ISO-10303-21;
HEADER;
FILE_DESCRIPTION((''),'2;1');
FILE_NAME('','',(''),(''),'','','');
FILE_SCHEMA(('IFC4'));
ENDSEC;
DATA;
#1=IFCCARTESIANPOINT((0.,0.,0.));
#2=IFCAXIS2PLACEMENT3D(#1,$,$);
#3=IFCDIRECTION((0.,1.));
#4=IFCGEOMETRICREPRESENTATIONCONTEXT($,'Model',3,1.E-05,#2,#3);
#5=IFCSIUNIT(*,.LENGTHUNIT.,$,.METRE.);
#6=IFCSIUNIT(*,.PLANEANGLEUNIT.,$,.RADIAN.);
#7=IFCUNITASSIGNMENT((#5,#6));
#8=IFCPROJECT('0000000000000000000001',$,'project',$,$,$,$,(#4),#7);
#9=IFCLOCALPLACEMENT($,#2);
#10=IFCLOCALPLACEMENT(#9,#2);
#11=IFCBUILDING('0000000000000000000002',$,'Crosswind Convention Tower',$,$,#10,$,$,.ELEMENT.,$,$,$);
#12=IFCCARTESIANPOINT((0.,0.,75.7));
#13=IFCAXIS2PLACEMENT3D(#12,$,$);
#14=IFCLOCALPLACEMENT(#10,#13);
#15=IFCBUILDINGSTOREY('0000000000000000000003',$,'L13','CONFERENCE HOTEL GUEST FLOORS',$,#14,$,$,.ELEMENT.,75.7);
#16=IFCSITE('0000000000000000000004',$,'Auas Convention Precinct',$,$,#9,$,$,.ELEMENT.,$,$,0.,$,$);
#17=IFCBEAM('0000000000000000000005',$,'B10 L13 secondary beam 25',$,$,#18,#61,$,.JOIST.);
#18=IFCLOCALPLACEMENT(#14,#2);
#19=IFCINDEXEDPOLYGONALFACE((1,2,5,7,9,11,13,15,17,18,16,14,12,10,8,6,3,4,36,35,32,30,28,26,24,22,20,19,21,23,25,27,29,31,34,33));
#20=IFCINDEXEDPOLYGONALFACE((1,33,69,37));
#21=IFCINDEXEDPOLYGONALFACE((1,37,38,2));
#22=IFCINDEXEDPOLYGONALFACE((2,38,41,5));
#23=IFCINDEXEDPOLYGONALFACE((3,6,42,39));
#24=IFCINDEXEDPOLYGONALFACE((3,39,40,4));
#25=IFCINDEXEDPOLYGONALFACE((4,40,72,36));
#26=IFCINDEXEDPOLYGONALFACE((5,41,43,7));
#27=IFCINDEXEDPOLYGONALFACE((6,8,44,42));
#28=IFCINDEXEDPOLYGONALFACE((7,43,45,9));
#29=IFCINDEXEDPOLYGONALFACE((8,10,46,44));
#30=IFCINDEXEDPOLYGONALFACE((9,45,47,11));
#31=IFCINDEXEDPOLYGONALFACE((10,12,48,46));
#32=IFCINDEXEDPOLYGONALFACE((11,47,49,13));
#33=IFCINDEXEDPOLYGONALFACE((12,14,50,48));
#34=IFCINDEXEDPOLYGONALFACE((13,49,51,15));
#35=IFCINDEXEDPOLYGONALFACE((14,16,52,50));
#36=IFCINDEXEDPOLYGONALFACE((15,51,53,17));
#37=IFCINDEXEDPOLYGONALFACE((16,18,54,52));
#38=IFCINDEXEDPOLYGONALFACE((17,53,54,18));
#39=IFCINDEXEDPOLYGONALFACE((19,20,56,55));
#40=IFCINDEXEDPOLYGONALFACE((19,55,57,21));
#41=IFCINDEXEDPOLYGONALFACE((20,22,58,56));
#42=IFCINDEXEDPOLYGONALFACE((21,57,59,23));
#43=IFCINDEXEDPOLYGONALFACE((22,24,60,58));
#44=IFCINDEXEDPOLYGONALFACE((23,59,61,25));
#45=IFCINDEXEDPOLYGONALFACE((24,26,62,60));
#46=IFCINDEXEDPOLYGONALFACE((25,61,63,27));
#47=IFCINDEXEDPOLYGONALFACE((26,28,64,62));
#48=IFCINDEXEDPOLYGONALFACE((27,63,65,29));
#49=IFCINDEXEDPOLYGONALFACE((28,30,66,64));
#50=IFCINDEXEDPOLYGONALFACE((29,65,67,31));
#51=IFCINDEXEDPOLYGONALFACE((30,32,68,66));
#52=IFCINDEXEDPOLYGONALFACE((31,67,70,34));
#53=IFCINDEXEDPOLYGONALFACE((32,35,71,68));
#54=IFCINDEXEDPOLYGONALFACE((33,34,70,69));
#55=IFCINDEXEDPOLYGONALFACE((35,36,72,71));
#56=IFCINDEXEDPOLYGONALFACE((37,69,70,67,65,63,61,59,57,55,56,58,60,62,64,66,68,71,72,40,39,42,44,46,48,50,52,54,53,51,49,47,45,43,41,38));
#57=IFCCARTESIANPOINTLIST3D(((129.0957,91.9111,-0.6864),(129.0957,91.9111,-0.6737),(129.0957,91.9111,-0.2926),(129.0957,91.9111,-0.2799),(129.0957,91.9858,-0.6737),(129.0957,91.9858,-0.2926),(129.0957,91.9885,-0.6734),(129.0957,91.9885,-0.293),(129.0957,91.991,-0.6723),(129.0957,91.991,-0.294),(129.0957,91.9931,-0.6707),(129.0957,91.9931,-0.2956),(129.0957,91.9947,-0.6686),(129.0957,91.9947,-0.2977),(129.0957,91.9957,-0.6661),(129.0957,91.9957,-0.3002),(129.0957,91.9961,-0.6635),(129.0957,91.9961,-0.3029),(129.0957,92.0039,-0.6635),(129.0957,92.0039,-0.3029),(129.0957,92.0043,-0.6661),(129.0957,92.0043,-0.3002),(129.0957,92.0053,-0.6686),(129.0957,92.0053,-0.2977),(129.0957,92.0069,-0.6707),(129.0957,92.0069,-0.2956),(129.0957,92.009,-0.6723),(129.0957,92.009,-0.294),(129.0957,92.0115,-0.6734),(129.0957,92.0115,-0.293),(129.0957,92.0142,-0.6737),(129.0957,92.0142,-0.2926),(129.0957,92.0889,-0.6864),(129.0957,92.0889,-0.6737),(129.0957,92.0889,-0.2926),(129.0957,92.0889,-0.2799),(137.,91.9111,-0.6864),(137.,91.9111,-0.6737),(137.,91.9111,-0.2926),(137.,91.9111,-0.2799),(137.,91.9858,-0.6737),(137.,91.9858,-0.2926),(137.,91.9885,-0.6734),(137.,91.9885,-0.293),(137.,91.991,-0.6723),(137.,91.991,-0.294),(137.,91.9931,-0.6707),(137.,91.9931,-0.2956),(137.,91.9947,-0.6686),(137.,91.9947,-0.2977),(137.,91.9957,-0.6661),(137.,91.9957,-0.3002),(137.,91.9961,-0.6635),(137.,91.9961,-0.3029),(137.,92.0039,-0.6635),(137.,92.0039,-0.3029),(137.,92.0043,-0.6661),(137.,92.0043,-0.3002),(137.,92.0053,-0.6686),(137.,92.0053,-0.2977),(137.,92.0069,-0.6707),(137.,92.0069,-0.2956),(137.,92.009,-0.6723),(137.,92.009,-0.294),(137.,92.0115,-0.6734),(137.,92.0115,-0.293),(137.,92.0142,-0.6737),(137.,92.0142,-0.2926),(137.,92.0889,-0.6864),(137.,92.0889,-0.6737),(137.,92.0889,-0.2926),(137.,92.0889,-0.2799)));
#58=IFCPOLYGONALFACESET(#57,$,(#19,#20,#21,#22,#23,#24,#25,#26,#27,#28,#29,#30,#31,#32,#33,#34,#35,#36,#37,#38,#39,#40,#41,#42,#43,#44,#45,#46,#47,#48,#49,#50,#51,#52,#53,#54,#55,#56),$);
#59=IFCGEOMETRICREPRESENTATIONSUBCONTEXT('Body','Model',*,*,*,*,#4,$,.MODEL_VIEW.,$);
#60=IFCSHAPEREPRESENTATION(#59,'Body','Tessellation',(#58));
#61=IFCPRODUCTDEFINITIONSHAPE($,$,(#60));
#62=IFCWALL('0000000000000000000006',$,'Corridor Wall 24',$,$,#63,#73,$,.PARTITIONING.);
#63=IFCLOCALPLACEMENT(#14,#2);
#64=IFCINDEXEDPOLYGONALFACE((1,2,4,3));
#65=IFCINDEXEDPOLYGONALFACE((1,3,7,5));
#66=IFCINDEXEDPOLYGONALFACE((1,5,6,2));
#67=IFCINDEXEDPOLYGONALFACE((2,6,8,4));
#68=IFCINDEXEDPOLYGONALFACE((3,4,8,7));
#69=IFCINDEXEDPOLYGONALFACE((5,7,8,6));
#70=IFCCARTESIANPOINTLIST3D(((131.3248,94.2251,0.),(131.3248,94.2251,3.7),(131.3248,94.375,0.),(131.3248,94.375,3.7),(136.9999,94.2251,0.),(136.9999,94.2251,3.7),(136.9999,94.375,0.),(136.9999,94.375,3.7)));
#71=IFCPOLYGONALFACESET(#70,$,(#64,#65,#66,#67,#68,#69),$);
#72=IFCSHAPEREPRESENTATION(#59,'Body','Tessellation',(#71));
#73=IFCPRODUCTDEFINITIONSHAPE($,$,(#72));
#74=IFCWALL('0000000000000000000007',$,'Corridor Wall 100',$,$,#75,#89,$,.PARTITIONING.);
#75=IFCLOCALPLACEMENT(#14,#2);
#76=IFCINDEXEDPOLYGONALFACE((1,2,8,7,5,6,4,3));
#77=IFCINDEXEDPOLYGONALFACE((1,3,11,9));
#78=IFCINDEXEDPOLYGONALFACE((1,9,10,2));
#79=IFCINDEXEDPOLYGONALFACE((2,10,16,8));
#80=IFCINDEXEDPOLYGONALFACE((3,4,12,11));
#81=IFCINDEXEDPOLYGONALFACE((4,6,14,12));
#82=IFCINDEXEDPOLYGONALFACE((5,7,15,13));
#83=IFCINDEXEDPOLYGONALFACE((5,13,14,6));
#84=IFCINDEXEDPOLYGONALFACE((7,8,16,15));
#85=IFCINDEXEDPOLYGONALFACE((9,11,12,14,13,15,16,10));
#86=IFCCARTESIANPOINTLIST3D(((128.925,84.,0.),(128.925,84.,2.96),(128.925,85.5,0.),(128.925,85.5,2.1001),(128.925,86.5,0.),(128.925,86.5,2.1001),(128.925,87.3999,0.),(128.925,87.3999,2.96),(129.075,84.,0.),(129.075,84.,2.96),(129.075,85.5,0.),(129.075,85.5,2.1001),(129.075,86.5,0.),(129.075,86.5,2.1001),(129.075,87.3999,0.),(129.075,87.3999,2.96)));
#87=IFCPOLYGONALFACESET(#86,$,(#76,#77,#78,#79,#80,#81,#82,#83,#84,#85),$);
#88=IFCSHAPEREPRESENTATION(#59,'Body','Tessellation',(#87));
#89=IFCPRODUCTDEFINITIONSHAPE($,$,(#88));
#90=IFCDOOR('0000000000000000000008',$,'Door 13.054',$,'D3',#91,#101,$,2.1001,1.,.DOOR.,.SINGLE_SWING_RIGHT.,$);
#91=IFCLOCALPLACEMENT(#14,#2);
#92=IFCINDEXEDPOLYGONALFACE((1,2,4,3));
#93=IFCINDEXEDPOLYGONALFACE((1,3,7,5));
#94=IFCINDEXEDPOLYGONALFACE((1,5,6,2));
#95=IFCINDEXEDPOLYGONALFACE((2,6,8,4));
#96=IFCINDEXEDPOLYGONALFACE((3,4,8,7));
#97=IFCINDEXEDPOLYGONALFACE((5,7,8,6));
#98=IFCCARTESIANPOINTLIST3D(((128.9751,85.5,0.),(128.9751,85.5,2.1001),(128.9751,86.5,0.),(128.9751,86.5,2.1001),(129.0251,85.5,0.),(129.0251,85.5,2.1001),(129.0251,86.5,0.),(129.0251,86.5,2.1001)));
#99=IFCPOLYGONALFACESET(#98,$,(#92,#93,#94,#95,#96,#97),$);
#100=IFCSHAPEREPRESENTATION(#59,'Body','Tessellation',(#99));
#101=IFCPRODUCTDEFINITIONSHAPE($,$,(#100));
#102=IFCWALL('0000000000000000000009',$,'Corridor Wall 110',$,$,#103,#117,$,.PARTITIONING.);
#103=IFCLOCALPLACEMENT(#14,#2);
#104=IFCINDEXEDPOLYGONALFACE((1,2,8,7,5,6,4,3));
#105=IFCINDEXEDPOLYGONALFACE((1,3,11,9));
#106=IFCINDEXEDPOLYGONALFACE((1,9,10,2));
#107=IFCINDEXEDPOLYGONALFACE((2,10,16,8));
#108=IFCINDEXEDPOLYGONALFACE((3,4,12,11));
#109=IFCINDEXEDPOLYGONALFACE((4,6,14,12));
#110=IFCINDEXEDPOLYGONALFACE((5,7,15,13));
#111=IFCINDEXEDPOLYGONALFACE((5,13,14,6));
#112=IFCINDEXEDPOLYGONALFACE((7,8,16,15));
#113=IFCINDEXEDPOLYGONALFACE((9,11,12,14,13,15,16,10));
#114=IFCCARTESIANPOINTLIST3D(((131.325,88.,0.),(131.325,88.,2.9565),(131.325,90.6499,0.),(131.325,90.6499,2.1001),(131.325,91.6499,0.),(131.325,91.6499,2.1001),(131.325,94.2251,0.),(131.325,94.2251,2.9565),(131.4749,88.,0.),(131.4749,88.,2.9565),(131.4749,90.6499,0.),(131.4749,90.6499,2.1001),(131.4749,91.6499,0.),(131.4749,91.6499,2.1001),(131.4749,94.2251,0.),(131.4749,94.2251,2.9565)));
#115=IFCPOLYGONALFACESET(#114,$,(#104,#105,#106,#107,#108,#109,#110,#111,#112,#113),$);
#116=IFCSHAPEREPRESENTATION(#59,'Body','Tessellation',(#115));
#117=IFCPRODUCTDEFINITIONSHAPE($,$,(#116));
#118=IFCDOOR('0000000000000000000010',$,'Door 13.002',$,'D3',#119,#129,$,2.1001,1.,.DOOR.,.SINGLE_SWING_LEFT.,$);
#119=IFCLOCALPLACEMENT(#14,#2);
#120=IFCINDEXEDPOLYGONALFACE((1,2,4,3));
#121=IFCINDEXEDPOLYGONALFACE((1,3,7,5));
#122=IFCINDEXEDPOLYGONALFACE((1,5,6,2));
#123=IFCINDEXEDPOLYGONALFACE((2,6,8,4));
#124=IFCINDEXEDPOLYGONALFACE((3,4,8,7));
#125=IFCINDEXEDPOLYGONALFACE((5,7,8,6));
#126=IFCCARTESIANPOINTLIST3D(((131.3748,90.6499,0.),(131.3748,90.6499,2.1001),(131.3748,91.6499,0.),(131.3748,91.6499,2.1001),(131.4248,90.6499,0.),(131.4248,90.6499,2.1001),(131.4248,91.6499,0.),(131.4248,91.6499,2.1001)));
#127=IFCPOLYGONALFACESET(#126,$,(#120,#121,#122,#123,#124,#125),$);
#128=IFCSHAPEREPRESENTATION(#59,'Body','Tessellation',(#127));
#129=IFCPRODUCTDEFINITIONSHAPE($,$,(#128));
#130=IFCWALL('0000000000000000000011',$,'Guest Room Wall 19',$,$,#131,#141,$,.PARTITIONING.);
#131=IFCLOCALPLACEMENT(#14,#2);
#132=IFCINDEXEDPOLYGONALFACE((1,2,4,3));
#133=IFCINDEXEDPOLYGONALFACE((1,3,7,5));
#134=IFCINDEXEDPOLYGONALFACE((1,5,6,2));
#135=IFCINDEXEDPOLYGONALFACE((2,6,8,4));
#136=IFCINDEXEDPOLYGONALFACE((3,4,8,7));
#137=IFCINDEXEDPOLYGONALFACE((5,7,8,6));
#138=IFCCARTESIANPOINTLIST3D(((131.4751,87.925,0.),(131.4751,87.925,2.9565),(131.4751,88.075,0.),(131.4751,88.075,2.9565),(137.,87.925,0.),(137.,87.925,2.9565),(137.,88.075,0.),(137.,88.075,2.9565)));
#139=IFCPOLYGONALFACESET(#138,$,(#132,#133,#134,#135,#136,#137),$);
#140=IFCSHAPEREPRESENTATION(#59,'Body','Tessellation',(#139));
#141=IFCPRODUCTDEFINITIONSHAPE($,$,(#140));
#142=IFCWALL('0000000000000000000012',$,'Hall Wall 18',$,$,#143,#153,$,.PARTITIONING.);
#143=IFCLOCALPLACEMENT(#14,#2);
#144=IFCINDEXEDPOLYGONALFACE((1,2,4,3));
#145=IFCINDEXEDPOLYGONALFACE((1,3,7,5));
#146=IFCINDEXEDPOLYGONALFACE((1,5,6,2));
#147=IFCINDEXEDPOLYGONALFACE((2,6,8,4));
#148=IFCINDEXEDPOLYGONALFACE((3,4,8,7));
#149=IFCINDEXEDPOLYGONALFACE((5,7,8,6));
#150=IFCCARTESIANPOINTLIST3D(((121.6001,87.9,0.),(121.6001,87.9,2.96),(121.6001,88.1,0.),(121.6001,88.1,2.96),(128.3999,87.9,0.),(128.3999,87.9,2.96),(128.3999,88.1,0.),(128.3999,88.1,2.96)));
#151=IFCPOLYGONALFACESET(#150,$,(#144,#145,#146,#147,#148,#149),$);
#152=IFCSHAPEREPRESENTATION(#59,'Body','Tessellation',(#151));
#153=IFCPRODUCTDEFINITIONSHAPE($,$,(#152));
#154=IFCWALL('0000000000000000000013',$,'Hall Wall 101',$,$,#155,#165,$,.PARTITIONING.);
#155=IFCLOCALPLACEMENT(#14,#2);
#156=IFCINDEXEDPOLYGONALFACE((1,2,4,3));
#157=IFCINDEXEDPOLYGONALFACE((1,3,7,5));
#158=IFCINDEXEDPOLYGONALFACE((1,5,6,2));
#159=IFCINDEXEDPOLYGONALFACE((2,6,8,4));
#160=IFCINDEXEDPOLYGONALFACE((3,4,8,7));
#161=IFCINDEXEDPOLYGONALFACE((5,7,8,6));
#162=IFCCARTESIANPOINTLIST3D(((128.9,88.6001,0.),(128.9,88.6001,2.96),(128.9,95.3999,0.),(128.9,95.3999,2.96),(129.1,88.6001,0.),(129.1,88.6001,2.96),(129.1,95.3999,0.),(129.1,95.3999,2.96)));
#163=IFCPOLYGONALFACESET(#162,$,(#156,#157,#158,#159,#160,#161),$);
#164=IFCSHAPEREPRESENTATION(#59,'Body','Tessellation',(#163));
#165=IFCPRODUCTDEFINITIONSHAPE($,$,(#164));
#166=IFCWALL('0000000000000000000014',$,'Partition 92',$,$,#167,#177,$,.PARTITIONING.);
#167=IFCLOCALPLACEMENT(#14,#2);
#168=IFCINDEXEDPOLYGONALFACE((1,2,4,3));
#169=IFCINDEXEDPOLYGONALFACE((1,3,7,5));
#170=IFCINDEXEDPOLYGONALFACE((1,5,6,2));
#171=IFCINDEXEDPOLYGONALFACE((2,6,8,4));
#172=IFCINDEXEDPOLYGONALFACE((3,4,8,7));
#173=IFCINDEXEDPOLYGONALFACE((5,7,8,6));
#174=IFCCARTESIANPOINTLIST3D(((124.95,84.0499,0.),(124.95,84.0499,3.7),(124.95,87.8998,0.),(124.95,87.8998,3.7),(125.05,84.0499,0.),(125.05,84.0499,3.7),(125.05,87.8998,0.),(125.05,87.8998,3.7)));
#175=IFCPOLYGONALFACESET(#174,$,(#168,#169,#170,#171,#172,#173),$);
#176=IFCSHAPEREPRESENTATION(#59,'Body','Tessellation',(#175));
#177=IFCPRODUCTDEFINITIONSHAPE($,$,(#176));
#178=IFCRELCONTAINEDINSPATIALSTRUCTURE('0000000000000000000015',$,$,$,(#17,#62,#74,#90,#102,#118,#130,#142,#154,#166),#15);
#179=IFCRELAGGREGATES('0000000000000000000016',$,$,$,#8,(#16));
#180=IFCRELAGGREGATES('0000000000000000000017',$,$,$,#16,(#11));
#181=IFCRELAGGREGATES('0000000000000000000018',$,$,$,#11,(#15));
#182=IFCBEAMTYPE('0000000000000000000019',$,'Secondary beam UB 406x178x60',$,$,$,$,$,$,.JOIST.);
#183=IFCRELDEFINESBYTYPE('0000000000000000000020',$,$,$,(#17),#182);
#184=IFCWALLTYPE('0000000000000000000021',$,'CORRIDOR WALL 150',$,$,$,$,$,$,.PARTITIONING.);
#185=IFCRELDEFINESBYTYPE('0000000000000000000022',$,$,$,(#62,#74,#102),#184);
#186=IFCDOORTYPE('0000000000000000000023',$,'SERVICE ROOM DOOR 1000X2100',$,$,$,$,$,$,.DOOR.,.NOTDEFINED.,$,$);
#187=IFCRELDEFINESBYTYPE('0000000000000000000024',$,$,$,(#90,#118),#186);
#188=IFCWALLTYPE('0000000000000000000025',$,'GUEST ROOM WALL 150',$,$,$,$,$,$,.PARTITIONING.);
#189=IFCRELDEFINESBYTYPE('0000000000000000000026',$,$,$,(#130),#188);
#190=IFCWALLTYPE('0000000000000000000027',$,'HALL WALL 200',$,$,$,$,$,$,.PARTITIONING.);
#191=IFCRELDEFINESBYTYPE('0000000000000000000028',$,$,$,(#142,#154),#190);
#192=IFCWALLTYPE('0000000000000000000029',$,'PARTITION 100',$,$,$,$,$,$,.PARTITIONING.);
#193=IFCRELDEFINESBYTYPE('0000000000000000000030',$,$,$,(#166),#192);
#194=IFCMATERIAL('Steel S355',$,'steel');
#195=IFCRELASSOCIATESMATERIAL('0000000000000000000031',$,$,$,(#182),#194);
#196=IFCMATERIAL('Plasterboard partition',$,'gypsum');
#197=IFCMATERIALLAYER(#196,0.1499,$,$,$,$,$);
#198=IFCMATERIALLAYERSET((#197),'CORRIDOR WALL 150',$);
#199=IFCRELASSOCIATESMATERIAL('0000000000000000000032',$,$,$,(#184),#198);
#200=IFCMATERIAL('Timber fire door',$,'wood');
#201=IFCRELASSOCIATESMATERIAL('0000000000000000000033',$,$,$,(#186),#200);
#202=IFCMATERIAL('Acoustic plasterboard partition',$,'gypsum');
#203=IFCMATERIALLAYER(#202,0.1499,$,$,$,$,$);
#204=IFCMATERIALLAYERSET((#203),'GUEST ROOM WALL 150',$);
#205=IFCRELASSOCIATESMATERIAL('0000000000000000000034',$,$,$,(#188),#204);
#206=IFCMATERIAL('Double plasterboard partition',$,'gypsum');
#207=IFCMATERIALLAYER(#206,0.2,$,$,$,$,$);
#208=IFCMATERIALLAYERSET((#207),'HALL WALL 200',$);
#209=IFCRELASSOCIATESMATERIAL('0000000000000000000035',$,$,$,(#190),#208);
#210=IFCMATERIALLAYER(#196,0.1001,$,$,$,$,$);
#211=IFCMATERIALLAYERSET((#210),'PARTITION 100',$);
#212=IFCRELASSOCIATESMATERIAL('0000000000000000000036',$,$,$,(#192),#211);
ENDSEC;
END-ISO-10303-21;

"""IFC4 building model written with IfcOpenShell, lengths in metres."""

from ifc_helpers import new_model, si_unit, direction, frame, frame_2d, origin, origin_2d, place, context, subcontext, project, spatial, rectangle, i_section, extrude, material, layer, layer_set, material_profile, profile_set, type_object, element, fill, save


model = new_model("IFC4")

# Units and contexts
model_context = context("Model", 3, precision=1e-05, world=origin(), true_north=direction((0.0, 1.0)))
body_context = subcontext(model_context, "Body", "Model", "MODEL_VIEW")
ifc_project = project(units=[si_unit("LENGTHUNIT", "METRE"), si_unit("PLANEANGLEUNIT", "RADIAN")], contexts=[model_context])

# Site, building, storey
site_placement = place(None, origin())
site = spatial("IfcSite", under=ifc_project, at=site_placement, Name="Auas Convention Precinct", CompositionType="ELEMENT", RefElevation=0.0)
building_placement = place(site_placement, origin())
building = spatial("IfcBuilding", under=site, at=building_placement, Name="Crosswind Convention Tower", CompositionType="ELEMENT")
storey_placement = place(building_placement, frame((0.0, 0.0, 75.7)))
storey = spatial("IfcBuildingStorey", under=building, at=storey_placement, Name="L13", Description="CONFERENCE HOTEL GUEST FLOORS", CompositionType="ELEMENT", Elevation=75.7)

# Beam
ifc_material_1 = material(Name="Steel S355", Category="steel")
ifc_material_profile_1 = material_profile(ifc_material_1, i_section(OverallWidth=0.1777, OverallDepth=0.4065, WebThickness=0.0078, FlangeThickness=0.0127, FilletRadius=0.0103, at=origin_2d()), Name="UB 406x178x60")
ifc_profile_set_1 = profile_set([ifc_material_profile_1], Name="Steel S355")
beam_type_1 = type_object("IfcBeamType", Name="Secondary beam UB 406x178x60", PredefinedType="JOIST", material=ifc_profile_set_1)
beam_1_placement = place(storey_placement, frame((129.0957, 92.0, -0.4832), z_axis=(1.0, 0.0, 0.0), x_axis=(0.0, 1.0, 0.0)))
element("IfcBeam", 1, at=beam_1_placement, inside=storey, type_object=beam_type_1, Name="B10 L13 secondary beam 25", PredefinedType="JOIST", context=body_context, shape_type="SweptSolid", body=[
    extrude(i_section(OverallWidth=0.1777, OverallDepth=0.4065, WebThickness=0.0078, FlangeThickness=0.0127, FilletRadius=0.0103, at=origin_2d()), origin(), (0.0, 0.0, 1.0), 7.9043),
])

# Wall
ifc_material_2 = material(Name="Plasterboard partition", Category="gypsum")
ifc_layer_1 = layer(ifc_material_2, 0.1499)
ifc_layer_set_1 = layer_set([ifc_layer_1], Name="CORRIDOR WALL 150")
wall_type_1 = type_object("IfcWallType", Name="CORRIDOR WALL 150", PredefinedType="PARTITIONING", material=ifc_layer_set_1)
wall_1_placement = place(storey_placement, frame((131.325, 94.3, 0.0), z_axis=(0.0, 0.0, 1.0), x_axis=(1.0, 0.0, 0.0)))
element("IfcWall", 2, at=wall_1_placement, inside=storey, type_object=wall_type_1, Name="Corridor Wall 24", PredefinedType="PARTITIONING", context=body_context, shape_type="SweptSolid", body=[
    extrude(rectangle(XDim=5.675, YDim=0.1499, at=frame_2d((2.8374, 0.0))), origin(), (0.0, 0.0, 1.0), 3.7),
])

# Walls, openings, doors
wall_2_placement = place(storey_placement, frame((129.0, 84.0, 0.0), z_axis=(0.0, 0.0, 1.0), x_axis=(0.0, 1.0, 0.0)))
wall_2 = element("IfcWall", 3, at=wall_2_placement, inside=storey, type_object=wall_type_1, Name="Corridor Wall 100", PredefinedType="PARTITIONING", context=body_context, shape_type="SweptSolid", body=[
    extrude(rectangle(XDim=3.3999, YDim=0.1499, at=frame_2d((1.7, 0.0))), origin(), (0.0, 0.0, 1.0), 2.96),
])
opening_1_placement = place(wall_2_placement, frame((1.5, 0.0, 0.0)))
opening_1 = element("IfcOpeningElement", 4, at=opening_1_placement, cuts=wall_2, PredefinedType="OPENING", context=body_context, shape_type="SweptSolid", body=[
    extrude(rectangle(XDim=1.0, YDim=2.1001, at=frame_2d((0.5, 1.05))), frame((0.0, 0.085, 0.0), z_axis=(0.0, -1.0, 0.0), x_axis=(1.0, 0.0, 0.0)), (0.0, 0.0, 1.0), 0.1699),
])
ifc_material_3 = material(Name="Timber fire door", Category="wood")
door_type = type_object("IfcDoorType", Name="SERVICE ROOM DOOR 1000X2100", OperationType="NOTDEFINED", PredefinedType="DOOR", material=ifc_material_3)
door_1_placement = place(opening_1_placement, origin())
door_1 = element("IfcDoor", 5, at=door_1_placement, inside=storey, type_object=door_type, Name="Door 13.054", ObjectType="D3", OperationType="SINGLE_SWING_RIGHT", OverallHeight=2.1001, OverallWidth=1.0, PredefinedType="DOOR", context=body_context, shape_type="SweptSolid", body=[
    extrude(rectangle(XDim=1.0, YDim=2.1001, at=frame_2d((0.5, 1.05))), frame((0.0, 0.0249, 0.0), z_axis=(0.0, -1.0, 0.0), x_axis=(1.0, 0.0, 0.0)), (0.0, 0.0, 1.0), 0.05),
])
fill(opening_1, door_1)
wall_3_placement = place(storey_placement, frame((131.3999, 88.0, 0.0), z_axis=(0.0, 0.0, 1.0), x_axis=(0.0, 1.0, 0.0)))
wall_3 = element("IfcWall", 6, at=wall_3_placement, inside=storey, type_object=wall_type_1, Name="Corridor Wall 110", PredefinedType="PARTITIONING", context=body_context, shape_type="SweptSolid", body=[
    extrude(rectangle(XDim=6.2251, YDim=0.1499, at=frame_2d((3.1125, 0.0))), origin(), (0.0, 0.0, 1.0), 2.9565),
])
opening_2_placement = place(wall_3_placement, frame((2.6499, 0.0, 0.0)))
opening_2 = element("IfcOpeningElement", 7, at=opening_2_placement, cuts=wall_3, PredefinedType="OPENING", context=body_context, shape_type="SweptSolid", body=[
    extrude(rectangle(XDim=1.0, YDim=2.1001, at=frame_2d((0.5, 1.05))), frame((0.0, 0.085, 0.0), z_axis=(0.0, -1.0, 0.0), x_axis=(1.0, 0.0, 0.0)), (0.0, 0.0, 1.0), 0.1699),
])
door_2_placement = place(opening_2_placement, frame((1.0, 0.0, 0.0), z_axis=(0.0, 0.0, 1.0), x_axis=(-1.0, 0.0, 0.0)))
door_2 = element("IfcDoor", 8, at=door_2_placement, inside=storey, type_object=door_type, Name="Door 13.002", ObjectType="D3", OperationType="SINGLE_SWING_LEFT", OverallHeight=2.1001, OverallWidth=1.0, PredefinedType="DOOR", context=body_context, shape_type="SweptSolid", body=[
    extrude(rectangle(XDim=1.0, YDim=2.1001, at=frame_2d((0.5, 1.05))), frame((0.0, 0.0249, 0.0), z_axis=(0.0, -1.0, 0.0), x_axis=(1.0, 0.0, 0.0)), (0.0, 0.0, 1.0), 0.05),
])
fill(opening_2, door_2)

# Walls
ifc_material_4 = material(Name="Acoustic plasterboard partition", Category="gypsum")
ifc_layer_2 = layer(ifc_material_4, 0.1499)
ifc_layer_set_2 = layer_set([ifc_layer_2], Name="GUEST ROOM WALL 150")
wall_type_2 = type_object("IfcWallType", Name="GUEST ROOM WALL 150", PredefinedType="PARTITIONING", material=ifc_layer_set_2)
wall_4_placement = place(storey_placement, frame((131.4751, 88.0, 0.0), z_axis=(0.0, 0.0, 1.0), x_axis=(1.0, 0.0, 0.0)))
element("IfcWall", 9, at=wall_4_placement, inside=storey, type_object=wall_type_2, Name="Guest Room Wall 19", PredefinedType="PARTITIONING", context=body_context, shape_type="SweptSolid", body=[
    extrude(rectangle(XDim=5.5249, YDim=0.1499, at=frame_2d((2.7625, 0.0))), origin(), (0.0, 0.0, 1.0), 2.9565),
])
ifc_material_5 = material(Name="Double plasterboard partition", Category="gypsum")
ifc_layer_3 = layer(ifc_material_5, 0.2)
ifc_layer_set_3 = layer_set([ifc_layer_3], Name="HALL WALL 200")
wall_type_3 = type_object("IfcWallType", Name="HALL WALL 200", PredefinedType="PARTITIONING", material=ifc_layer_set_3)
for number, where, z_axis, x_axis, name in (
    (10, (121.6001, 88.0, 0.0), (0.0, 0.0, 1.0), (1.0, 0.0, 0.0), "Hall Wall 18"),
    (11, (129.0, 88.6001, 0.0), (0.0, 0.0, 1.0), (0.0, 1.0, 0.0), "Hall Wall 101"),
):
    element("IfcWall", number, at=place(storey_placement, frame(where, z_axis=z_axis, x_axis=x_axis)), inside=storey, type_object=wall_type_3, Name=name, PredefinedType="PARTITIONING", context=body_context, shape_type="SweptSolid", body=[
        extrude(rectangle(XDim=6.7998, YDim=0.2, at=frame_2d((3.3999, 0.0))), origin(), (0.0, 0.0, 1.0), 2.96),
    ])
ifc_layer_4 = layer(ifc_material_2, 0.1001)
ifc_layer_set_4 = layer_set([ifc_layer_4], Name="PARTITION 100")
wall_type_4 = type_object("IfcWallType", Name="PARTITION 100", PredefinedType="PARTITIONING", material=ifc_layer_set_4)
wall_5_placement = place(storey_placement, frame((125.0, 84.05, 0.0), z_axis=(0.0, 0.0, 1.0), x_axis=(0.0, 1.0, 0.0)))
element("IfcWall", 12, at=wall_5_placement, inside=storey, type_object=wall_type_4, Name="Partition 92", PredefinedType="PARTITIONING", context=body_context, shape_type="SweptSolid", body=[
    extrude(rectangle(XDim=3.8499, YDim=0.1001, at=frame_2d((1.9248, 0.0))), origin(), (0.0, 0.0, 1.0), 3.7),
])

save(model, "model.ifc")
